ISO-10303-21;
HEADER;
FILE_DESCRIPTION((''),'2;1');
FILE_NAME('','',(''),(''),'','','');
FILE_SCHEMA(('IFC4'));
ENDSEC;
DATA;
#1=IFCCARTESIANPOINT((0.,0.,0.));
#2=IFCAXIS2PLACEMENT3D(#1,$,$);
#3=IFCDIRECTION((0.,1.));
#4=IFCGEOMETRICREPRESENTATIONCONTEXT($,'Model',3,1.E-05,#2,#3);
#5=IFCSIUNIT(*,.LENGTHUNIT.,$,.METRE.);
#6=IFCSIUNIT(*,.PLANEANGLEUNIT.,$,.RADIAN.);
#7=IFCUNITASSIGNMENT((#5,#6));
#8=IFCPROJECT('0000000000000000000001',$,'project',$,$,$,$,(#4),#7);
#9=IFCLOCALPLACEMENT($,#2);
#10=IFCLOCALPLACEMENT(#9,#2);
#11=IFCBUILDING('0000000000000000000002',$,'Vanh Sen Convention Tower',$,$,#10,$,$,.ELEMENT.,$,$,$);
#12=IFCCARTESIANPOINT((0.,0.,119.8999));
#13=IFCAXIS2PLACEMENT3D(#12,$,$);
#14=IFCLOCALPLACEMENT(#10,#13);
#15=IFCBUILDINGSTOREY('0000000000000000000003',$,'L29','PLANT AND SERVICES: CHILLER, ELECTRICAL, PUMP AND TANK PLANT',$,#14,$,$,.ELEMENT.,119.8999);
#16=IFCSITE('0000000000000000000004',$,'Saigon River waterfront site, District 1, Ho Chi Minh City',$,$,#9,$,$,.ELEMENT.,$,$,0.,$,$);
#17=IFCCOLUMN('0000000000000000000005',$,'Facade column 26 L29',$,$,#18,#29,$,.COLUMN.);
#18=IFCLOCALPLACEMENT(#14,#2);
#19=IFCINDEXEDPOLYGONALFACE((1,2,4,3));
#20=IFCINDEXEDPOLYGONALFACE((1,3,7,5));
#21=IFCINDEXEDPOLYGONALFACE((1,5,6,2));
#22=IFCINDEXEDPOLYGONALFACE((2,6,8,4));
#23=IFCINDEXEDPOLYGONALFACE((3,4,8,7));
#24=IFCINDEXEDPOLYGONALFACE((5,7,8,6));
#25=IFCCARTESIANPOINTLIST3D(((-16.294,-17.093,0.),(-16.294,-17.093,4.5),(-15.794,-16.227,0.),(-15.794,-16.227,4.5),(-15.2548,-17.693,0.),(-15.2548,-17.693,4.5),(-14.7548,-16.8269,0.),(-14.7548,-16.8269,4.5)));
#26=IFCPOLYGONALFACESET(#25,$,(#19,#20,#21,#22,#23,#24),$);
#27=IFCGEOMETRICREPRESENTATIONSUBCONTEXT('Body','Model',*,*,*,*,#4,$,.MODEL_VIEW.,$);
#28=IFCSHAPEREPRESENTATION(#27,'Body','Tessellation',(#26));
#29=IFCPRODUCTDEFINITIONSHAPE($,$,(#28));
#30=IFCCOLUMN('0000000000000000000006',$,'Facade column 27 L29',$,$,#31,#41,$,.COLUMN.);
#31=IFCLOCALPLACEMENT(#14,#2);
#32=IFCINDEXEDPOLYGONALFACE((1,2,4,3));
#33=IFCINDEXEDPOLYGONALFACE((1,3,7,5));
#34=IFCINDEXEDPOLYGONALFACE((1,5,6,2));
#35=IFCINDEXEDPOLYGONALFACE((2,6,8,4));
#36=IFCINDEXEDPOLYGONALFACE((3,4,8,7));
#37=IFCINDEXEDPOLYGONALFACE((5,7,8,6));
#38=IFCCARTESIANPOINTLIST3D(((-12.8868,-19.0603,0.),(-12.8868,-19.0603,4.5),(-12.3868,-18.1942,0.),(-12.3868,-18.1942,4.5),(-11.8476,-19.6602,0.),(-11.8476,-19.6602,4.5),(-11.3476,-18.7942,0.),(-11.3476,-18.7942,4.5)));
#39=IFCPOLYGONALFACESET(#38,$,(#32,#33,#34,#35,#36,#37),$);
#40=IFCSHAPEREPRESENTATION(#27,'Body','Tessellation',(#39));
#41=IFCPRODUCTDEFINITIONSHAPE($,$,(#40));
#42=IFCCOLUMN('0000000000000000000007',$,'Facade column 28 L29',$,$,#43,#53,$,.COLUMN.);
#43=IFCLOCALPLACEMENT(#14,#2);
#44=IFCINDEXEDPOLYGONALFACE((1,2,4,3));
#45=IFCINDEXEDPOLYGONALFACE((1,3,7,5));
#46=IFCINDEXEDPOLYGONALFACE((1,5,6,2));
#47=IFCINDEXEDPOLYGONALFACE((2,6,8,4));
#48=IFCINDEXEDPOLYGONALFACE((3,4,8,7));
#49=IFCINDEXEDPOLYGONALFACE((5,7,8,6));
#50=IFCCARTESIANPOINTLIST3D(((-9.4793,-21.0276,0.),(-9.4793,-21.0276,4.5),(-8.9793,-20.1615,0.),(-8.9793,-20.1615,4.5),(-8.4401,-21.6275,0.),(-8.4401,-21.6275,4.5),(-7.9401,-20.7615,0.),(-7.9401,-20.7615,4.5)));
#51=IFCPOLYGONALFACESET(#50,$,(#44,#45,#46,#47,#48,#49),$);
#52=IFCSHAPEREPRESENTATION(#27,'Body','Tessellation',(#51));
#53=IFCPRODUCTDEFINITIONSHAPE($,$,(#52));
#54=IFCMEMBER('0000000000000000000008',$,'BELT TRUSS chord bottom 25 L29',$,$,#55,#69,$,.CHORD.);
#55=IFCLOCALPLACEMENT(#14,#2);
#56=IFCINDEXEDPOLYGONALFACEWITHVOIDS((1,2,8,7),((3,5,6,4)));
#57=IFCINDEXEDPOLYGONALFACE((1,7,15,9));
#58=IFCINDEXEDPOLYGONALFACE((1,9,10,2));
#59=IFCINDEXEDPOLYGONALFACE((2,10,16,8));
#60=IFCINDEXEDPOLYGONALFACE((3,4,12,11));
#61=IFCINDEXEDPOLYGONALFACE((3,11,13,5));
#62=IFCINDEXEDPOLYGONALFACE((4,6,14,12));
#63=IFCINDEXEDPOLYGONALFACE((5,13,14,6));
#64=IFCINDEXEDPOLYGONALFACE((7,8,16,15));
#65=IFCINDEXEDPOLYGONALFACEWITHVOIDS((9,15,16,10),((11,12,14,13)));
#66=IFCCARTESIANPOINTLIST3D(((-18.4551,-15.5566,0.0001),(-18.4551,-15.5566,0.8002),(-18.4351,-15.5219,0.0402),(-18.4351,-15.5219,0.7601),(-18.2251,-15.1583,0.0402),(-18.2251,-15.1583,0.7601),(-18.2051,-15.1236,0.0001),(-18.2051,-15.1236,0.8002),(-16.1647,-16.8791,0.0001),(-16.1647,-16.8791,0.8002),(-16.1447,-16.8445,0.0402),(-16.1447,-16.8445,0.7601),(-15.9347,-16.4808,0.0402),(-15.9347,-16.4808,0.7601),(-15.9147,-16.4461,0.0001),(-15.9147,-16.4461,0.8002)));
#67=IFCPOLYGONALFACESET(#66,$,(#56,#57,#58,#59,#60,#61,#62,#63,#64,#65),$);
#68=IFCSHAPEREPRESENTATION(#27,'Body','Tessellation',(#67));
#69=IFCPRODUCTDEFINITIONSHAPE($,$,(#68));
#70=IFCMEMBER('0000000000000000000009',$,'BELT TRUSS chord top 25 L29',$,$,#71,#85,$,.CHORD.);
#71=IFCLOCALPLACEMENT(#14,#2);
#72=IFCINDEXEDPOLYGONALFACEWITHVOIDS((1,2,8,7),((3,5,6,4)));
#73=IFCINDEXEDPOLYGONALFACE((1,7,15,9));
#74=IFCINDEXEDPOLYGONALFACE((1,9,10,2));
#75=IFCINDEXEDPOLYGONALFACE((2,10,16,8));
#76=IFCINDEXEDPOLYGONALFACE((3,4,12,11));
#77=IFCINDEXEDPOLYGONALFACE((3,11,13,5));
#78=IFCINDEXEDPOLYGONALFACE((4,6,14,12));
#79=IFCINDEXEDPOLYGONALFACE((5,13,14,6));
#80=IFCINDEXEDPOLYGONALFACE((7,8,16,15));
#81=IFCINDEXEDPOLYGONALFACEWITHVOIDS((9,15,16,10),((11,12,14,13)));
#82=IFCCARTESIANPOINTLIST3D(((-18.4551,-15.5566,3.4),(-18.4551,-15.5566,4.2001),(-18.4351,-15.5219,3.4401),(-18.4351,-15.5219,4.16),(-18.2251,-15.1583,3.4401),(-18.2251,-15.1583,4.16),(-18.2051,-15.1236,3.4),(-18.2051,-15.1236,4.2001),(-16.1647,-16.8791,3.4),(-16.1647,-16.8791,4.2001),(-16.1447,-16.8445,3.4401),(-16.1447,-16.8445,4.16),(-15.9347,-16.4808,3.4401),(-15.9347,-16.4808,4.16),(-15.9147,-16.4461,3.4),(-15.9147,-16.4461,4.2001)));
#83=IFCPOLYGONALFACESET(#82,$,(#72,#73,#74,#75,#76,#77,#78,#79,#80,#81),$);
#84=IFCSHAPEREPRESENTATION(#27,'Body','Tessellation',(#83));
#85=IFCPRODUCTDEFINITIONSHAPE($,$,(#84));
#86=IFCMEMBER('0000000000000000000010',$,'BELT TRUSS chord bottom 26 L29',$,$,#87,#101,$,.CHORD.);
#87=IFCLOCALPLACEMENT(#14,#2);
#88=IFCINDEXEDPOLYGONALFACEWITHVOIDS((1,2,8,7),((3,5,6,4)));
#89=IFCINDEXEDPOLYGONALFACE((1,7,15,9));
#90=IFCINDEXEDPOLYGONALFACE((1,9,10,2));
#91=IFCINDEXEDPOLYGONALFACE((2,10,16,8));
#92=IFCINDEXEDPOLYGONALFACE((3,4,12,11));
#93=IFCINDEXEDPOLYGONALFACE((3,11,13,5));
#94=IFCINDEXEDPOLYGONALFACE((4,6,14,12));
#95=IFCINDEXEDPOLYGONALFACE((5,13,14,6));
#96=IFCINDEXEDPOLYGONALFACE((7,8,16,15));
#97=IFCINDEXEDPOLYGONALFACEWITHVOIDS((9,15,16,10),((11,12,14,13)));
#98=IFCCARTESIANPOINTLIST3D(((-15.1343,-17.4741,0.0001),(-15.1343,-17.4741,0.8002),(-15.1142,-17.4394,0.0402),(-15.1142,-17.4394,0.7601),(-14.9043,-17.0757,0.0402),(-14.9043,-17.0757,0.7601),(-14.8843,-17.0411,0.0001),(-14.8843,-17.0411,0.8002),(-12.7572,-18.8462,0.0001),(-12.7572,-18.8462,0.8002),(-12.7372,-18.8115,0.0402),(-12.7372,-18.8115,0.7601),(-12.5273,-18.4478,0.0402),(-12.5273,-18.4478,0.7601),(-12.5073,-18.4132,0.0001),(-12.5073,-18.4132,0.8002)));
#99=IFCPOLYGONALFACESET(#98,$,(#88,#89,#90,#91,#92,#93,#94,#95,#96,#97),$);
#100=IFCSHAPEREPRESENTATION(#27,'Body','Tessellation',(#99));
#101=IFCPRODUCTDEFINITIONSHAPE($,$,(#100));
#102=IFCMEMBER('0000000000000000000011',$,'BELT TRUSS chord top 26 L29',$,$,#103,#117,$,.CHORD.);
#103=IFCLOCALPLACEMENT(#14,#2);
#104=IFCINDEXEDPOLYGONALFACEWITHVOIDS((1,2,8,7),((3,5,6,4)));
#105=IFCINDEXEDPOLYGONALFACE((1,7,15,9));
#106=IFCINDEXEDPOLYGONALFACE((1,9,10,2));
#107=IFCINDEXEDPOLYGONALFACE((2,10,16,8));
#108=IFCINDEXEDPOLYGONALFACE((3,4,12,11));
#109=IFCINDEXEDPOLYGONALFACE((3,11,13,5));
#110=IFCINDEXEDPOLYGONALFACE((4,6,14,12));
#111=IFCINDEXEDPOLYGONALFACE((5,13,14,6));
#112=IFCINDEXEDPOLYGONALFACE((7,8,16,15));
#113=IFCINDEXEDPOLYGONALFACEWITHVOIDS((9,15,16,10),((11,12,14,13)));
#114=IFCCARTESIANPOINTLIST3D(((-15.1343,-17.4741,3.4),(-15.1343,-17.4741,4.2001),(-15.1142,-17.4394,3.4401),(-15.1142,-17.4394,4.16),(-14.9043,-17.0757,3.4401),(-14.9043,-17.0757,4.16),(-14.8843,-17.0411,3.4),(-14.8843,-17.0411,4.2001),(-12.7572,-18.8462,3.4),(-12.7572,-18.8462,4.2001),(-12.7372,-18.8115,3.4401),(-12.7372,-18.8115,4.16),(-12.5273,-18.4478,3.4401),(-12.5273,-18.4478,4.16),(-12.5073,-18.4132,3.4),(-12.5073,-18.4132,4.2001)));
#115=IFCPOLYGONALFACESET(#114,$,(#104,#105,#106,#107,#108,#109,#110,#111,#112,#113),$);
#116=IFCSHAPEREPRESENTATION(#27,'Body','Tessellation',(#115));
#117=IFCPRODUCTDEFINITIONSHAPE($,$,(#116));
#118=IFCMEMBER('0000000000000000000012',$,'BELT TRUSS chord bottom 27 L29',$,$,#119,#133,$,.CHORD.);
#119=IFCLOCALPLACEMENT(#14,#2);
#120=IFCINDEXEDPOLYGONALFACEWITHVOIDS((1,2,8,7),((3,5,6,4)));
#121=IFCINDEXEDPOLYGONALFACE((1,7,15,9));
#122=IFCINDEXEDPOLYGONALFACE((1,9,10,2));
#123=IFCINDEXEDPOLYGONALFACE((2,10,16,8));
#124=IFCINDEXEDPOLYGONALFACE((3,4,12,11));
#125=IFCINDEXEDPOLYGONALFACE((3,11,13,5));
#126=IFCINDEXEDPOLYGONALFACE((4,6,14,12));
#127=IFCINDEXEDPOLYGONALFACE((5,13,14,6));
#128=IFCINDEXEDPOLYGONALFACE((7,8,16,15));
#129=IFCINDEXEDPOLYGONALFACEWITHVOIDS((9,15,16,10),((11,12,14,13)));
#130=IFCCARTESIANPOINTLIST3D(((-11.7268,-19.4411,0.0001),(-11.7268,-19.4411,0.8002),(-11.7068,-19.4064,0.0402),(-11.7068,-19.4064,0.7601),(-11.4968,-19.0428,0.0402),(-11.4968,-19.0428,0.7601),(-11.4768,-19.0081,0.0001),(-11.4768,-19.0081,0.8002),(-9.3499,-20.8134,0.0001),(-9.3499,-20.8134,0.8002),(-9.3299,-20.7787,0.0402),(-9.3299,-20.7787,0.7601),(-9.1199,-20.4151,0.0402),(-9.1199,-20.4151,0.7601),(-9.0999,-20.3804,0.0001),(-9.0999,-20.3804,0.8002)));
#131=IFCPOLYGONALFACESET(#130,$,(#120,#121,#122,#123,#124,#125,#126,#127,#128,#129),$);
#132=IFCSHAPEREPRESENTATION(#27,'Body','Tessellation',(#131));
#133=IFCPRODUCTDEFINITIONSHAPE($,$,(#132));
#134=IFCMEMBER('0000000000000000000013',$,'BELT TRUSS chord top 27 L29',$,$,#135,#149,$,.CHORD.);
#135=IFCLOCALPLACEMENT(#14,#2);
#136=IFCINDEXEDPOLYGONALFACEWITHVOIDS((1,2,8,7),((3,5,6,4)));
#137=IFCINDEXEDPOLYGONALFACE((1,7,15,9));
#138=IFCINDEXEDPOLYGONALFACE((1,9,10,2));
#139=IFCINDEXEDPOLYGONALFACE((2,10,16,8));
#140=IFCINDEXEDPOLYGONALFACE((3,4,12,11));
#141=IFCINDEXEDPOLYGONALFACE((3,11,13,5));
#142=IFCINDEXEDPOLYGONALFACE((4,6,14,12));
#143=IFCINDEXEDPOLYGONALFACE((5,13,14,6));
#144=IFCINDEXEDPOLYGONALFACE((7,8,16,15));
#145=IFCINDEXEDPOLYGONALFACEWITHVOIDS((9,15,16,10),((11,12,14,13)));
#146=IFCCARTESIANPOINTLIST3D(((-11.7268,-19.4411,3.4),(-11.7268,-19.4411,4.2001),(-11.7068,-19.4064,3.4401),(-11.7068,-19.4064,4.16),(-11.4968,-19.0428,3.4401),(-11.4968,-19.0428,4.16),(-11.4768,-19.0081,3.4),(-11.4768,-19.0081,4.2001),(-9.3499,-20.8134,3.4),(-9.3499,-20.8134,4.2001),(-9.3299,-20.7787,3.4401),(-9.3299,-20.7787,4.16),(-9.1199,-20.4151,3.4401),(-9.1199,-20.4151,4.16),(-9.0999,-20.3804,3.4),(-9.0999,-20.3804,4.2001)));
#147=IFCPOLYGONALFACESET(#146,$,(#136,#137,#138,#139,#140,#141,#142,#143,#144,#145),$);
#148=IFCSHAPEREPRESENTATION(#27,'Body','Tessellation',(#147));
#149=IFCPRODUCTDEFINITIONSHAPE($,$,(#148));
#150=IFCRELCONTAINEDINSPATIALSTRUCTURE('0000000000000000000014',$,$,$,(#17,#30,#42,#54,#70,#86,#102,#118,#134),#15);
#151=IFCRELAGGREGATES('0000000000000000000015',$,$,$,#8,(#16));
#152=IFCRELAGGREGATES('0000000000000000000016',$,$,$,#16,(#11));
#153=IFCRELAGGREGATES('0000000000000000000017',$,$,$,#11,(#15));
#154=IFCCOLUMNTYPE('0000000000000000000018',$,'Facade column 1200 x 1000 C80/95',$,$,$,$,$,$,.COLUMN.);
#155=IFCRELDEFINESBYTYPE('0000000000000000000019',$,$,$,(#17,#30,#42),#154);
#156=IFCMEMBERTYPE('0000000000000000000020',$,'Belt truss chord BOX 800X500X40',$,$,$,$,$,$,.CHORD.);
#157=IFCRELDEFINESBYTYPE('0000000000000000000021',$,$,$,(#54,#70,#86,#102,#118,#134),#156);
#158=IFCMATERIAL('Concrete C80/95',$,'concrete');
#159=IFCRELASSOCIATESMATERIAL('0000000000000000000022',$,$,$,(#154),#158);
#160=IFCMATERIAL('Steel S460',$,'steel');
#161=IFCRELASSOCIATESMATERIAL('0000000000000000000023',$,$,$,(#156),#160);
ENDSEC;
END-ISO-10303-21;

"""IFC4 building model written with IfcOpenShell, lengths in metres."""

from ifc_helpers import new_model, si_unit, direction, frame, origin, origin_2d, place, context, subcontext, project, spatial, rectangle, hollow_rectangle, extrude, material, material_profile, profile_set, type_object, element, save


model = new_model("IFC4")

# Units and contexts
model_context = context("Model", 3, precision=1e-05, world=origin(), true_north=direction((0.0, 1.0)))
body_context = subcontext(model_context, "Body", "Model", "MODEL_VIEW")
ifc_project = project(units=[si_unit("LENGTHUNIT", "METRE"), si_unit("PLANEANGLEUNIT", "RADIAN")], contexts=[model_context])

# Site, building, storey
site_placement = place(None, origin())
site = spatial("IfcSite", under=ifc_project, at=site_placement, Name="Saigon River waterfront site, District 1, Ho Chi Minh City", CompositionType="ELEMENT", RefElevation=0.0)
building_placement = place(site_placement, origin())
building = spatial("IfcBuilding", under=site, at=building_placement, Name="Vanh Sen Convention Tower", CompositionType="ELEMENT")
storey_placement = place(building_placement, frame((0.0, 0.0, 119.8999)))
storey = spatial("IfcBuildingStorey", under=building, at=storey_placement, Name="L29", Description="PLANT AND SERVICES: CHILLER, ELECTRICAL, PUMP AND TANK PLANT", CompositionType="ELEMENT", Elevation=119.8999)

# Columns
ifc_material_1 = material(Name="Concrete C80/95", Category="concrete")
ifc_material_profile_1 = material_profile(ifc_material_1, rectangle(XDim=1.2, YDim=1.0, at=origin_2d()), Name="RC 1200X1000")
ifc_profile_set_1 = profile_set([ifc_material_profile_1], Name="Concrete C80/95")
column_type = type_object("IfcColumnType", Name="Facade column 1200 x 1000 C80/95", PredefinedType="COLUMN", material=ifc_profile_set_1)
for number, where, z_axis, x_axis, name in (
    (1, (-15.5244, -16.96, 0.0), (0.0, 0.0, 1.0), (0.866025, -0.5, 0.0), "Facade column 26 L29"),
    (2, (-12.1172, -18.9272, 0.0), (0.0, 0.0, 1.0), (0.866025, -0.5, 0.0), "Facade column 27 L29"),
    (3, (-8.7097, -20.8945, 0.0), (0.0, 0.0, 1.0), (0.866025, -0.5, 0.0), "Facade column 28 L29"),
):
    element("IfcColumn", number, at=place(storey_placement, frame(where, z_axis=z_axis, x_axis=x_axis)), inside=storey, type_object=column_type, Name=name, PredefinedType="COLUMN", context=body_context, shape_type="SweptSolid", body=[
        extrude(rectangle(XDim=1.2, YDim=1.0, at=origin_2d()), origin(), (0.0, 0.0, 1.0), 4.5),
    ])

# Members
ifc_material_2 = material(Name="Steel S460", Category="steel")
ifc_material_profile_2 = material_profile(ifc_material_2, hollow_rectangle(XDim=0.5, YDim=0.8, WallThickness=0.04, at=origin_2d()), Name="BOX 800X500X40")
ifc_profile_set_2 = profile_set([ifc_material_profile_2], Name="Steel S460")
member_type_1 = type_object("IfcMemberType", Name="Belt truss chord BOX 800X500X40", PredefinedType="CHORD", material=ifc_profile_set_2)
for number, where, z_axis, x_axis, name in (
    (4, (-18.3301, -15.3401, 0.4001), (0.86599, -0.500061, 0.0), (0.500061, 0.86599, 0.0), "BELT TRUSS chord bottom 25 L29"),
    (5, (-18.3301, -15.3401, 3.8), (0.86599, -0.500061, 0.0), (0.500061, 0.86599, 0.0), "BELT TRUSS chord top 25 L29"),
):
    element("IfcMember", number, at=place(storey_placement, frame(where, z_axis=z_axis, x_axis=x_axis)), inside=storey, type_object=member_type_1, Name=name, PredefinedType="CHORD", context=body_context, shape_type="SweptSolid", body=[
        extrude(hollow_rectangle(XDim=0.5, YDim=0.8, WallThickness=0.04, at=origin_2d()), origin(), (0.0, 0.0, 1.0), 2.6448),
    ])
for number, where, z_axis, x_axis, name in (
    (6, (-15.0093, -17.2576, 0.4001), (0.866067, -0.499928, 0.0), (0.499928, 0.866067, 0.0), "BELT TRUSS chord bottom 26 L29"),
    (7, (-15.0093, -17.2576, 3.8), (0.866067, -0.499928, 0.0), (0.499928, 0.866067, 0.0), "BELT TRUSS chord top 26 L29"),
    (8, (-11.6018, -19.2246, 0.4001), (0.866029, -0.499995, 0.0), (0.499995, 0.866029, 0.0), "BELT TRUSS chord bottom 27 L29"),
    (9, (-11.6018, -19.2246, 3.8), (0.866029, -0.499995, 0.0), (0.499995, 0.866029, 0.0), "BELT TRUSS chord top 27 L29"),
):
    element("IfcMember", number, at=place(storey_placement, frame(where, z_axis=z_axis, x_axis=x_axis)), inside=storey, type_object=member_type_1, Name=name, PredefinedType="CHORD", context=body_context, shape_type="SweptSolid", body=[
        extrude(hollow_rectangle(XDim=0.5, YDim=0.8, WallThickness=0.04, at=origin_2d()), origin(), (0.0, 0.0, 1.0), 2.7446),
    ])

save(model, "model.ifc")
